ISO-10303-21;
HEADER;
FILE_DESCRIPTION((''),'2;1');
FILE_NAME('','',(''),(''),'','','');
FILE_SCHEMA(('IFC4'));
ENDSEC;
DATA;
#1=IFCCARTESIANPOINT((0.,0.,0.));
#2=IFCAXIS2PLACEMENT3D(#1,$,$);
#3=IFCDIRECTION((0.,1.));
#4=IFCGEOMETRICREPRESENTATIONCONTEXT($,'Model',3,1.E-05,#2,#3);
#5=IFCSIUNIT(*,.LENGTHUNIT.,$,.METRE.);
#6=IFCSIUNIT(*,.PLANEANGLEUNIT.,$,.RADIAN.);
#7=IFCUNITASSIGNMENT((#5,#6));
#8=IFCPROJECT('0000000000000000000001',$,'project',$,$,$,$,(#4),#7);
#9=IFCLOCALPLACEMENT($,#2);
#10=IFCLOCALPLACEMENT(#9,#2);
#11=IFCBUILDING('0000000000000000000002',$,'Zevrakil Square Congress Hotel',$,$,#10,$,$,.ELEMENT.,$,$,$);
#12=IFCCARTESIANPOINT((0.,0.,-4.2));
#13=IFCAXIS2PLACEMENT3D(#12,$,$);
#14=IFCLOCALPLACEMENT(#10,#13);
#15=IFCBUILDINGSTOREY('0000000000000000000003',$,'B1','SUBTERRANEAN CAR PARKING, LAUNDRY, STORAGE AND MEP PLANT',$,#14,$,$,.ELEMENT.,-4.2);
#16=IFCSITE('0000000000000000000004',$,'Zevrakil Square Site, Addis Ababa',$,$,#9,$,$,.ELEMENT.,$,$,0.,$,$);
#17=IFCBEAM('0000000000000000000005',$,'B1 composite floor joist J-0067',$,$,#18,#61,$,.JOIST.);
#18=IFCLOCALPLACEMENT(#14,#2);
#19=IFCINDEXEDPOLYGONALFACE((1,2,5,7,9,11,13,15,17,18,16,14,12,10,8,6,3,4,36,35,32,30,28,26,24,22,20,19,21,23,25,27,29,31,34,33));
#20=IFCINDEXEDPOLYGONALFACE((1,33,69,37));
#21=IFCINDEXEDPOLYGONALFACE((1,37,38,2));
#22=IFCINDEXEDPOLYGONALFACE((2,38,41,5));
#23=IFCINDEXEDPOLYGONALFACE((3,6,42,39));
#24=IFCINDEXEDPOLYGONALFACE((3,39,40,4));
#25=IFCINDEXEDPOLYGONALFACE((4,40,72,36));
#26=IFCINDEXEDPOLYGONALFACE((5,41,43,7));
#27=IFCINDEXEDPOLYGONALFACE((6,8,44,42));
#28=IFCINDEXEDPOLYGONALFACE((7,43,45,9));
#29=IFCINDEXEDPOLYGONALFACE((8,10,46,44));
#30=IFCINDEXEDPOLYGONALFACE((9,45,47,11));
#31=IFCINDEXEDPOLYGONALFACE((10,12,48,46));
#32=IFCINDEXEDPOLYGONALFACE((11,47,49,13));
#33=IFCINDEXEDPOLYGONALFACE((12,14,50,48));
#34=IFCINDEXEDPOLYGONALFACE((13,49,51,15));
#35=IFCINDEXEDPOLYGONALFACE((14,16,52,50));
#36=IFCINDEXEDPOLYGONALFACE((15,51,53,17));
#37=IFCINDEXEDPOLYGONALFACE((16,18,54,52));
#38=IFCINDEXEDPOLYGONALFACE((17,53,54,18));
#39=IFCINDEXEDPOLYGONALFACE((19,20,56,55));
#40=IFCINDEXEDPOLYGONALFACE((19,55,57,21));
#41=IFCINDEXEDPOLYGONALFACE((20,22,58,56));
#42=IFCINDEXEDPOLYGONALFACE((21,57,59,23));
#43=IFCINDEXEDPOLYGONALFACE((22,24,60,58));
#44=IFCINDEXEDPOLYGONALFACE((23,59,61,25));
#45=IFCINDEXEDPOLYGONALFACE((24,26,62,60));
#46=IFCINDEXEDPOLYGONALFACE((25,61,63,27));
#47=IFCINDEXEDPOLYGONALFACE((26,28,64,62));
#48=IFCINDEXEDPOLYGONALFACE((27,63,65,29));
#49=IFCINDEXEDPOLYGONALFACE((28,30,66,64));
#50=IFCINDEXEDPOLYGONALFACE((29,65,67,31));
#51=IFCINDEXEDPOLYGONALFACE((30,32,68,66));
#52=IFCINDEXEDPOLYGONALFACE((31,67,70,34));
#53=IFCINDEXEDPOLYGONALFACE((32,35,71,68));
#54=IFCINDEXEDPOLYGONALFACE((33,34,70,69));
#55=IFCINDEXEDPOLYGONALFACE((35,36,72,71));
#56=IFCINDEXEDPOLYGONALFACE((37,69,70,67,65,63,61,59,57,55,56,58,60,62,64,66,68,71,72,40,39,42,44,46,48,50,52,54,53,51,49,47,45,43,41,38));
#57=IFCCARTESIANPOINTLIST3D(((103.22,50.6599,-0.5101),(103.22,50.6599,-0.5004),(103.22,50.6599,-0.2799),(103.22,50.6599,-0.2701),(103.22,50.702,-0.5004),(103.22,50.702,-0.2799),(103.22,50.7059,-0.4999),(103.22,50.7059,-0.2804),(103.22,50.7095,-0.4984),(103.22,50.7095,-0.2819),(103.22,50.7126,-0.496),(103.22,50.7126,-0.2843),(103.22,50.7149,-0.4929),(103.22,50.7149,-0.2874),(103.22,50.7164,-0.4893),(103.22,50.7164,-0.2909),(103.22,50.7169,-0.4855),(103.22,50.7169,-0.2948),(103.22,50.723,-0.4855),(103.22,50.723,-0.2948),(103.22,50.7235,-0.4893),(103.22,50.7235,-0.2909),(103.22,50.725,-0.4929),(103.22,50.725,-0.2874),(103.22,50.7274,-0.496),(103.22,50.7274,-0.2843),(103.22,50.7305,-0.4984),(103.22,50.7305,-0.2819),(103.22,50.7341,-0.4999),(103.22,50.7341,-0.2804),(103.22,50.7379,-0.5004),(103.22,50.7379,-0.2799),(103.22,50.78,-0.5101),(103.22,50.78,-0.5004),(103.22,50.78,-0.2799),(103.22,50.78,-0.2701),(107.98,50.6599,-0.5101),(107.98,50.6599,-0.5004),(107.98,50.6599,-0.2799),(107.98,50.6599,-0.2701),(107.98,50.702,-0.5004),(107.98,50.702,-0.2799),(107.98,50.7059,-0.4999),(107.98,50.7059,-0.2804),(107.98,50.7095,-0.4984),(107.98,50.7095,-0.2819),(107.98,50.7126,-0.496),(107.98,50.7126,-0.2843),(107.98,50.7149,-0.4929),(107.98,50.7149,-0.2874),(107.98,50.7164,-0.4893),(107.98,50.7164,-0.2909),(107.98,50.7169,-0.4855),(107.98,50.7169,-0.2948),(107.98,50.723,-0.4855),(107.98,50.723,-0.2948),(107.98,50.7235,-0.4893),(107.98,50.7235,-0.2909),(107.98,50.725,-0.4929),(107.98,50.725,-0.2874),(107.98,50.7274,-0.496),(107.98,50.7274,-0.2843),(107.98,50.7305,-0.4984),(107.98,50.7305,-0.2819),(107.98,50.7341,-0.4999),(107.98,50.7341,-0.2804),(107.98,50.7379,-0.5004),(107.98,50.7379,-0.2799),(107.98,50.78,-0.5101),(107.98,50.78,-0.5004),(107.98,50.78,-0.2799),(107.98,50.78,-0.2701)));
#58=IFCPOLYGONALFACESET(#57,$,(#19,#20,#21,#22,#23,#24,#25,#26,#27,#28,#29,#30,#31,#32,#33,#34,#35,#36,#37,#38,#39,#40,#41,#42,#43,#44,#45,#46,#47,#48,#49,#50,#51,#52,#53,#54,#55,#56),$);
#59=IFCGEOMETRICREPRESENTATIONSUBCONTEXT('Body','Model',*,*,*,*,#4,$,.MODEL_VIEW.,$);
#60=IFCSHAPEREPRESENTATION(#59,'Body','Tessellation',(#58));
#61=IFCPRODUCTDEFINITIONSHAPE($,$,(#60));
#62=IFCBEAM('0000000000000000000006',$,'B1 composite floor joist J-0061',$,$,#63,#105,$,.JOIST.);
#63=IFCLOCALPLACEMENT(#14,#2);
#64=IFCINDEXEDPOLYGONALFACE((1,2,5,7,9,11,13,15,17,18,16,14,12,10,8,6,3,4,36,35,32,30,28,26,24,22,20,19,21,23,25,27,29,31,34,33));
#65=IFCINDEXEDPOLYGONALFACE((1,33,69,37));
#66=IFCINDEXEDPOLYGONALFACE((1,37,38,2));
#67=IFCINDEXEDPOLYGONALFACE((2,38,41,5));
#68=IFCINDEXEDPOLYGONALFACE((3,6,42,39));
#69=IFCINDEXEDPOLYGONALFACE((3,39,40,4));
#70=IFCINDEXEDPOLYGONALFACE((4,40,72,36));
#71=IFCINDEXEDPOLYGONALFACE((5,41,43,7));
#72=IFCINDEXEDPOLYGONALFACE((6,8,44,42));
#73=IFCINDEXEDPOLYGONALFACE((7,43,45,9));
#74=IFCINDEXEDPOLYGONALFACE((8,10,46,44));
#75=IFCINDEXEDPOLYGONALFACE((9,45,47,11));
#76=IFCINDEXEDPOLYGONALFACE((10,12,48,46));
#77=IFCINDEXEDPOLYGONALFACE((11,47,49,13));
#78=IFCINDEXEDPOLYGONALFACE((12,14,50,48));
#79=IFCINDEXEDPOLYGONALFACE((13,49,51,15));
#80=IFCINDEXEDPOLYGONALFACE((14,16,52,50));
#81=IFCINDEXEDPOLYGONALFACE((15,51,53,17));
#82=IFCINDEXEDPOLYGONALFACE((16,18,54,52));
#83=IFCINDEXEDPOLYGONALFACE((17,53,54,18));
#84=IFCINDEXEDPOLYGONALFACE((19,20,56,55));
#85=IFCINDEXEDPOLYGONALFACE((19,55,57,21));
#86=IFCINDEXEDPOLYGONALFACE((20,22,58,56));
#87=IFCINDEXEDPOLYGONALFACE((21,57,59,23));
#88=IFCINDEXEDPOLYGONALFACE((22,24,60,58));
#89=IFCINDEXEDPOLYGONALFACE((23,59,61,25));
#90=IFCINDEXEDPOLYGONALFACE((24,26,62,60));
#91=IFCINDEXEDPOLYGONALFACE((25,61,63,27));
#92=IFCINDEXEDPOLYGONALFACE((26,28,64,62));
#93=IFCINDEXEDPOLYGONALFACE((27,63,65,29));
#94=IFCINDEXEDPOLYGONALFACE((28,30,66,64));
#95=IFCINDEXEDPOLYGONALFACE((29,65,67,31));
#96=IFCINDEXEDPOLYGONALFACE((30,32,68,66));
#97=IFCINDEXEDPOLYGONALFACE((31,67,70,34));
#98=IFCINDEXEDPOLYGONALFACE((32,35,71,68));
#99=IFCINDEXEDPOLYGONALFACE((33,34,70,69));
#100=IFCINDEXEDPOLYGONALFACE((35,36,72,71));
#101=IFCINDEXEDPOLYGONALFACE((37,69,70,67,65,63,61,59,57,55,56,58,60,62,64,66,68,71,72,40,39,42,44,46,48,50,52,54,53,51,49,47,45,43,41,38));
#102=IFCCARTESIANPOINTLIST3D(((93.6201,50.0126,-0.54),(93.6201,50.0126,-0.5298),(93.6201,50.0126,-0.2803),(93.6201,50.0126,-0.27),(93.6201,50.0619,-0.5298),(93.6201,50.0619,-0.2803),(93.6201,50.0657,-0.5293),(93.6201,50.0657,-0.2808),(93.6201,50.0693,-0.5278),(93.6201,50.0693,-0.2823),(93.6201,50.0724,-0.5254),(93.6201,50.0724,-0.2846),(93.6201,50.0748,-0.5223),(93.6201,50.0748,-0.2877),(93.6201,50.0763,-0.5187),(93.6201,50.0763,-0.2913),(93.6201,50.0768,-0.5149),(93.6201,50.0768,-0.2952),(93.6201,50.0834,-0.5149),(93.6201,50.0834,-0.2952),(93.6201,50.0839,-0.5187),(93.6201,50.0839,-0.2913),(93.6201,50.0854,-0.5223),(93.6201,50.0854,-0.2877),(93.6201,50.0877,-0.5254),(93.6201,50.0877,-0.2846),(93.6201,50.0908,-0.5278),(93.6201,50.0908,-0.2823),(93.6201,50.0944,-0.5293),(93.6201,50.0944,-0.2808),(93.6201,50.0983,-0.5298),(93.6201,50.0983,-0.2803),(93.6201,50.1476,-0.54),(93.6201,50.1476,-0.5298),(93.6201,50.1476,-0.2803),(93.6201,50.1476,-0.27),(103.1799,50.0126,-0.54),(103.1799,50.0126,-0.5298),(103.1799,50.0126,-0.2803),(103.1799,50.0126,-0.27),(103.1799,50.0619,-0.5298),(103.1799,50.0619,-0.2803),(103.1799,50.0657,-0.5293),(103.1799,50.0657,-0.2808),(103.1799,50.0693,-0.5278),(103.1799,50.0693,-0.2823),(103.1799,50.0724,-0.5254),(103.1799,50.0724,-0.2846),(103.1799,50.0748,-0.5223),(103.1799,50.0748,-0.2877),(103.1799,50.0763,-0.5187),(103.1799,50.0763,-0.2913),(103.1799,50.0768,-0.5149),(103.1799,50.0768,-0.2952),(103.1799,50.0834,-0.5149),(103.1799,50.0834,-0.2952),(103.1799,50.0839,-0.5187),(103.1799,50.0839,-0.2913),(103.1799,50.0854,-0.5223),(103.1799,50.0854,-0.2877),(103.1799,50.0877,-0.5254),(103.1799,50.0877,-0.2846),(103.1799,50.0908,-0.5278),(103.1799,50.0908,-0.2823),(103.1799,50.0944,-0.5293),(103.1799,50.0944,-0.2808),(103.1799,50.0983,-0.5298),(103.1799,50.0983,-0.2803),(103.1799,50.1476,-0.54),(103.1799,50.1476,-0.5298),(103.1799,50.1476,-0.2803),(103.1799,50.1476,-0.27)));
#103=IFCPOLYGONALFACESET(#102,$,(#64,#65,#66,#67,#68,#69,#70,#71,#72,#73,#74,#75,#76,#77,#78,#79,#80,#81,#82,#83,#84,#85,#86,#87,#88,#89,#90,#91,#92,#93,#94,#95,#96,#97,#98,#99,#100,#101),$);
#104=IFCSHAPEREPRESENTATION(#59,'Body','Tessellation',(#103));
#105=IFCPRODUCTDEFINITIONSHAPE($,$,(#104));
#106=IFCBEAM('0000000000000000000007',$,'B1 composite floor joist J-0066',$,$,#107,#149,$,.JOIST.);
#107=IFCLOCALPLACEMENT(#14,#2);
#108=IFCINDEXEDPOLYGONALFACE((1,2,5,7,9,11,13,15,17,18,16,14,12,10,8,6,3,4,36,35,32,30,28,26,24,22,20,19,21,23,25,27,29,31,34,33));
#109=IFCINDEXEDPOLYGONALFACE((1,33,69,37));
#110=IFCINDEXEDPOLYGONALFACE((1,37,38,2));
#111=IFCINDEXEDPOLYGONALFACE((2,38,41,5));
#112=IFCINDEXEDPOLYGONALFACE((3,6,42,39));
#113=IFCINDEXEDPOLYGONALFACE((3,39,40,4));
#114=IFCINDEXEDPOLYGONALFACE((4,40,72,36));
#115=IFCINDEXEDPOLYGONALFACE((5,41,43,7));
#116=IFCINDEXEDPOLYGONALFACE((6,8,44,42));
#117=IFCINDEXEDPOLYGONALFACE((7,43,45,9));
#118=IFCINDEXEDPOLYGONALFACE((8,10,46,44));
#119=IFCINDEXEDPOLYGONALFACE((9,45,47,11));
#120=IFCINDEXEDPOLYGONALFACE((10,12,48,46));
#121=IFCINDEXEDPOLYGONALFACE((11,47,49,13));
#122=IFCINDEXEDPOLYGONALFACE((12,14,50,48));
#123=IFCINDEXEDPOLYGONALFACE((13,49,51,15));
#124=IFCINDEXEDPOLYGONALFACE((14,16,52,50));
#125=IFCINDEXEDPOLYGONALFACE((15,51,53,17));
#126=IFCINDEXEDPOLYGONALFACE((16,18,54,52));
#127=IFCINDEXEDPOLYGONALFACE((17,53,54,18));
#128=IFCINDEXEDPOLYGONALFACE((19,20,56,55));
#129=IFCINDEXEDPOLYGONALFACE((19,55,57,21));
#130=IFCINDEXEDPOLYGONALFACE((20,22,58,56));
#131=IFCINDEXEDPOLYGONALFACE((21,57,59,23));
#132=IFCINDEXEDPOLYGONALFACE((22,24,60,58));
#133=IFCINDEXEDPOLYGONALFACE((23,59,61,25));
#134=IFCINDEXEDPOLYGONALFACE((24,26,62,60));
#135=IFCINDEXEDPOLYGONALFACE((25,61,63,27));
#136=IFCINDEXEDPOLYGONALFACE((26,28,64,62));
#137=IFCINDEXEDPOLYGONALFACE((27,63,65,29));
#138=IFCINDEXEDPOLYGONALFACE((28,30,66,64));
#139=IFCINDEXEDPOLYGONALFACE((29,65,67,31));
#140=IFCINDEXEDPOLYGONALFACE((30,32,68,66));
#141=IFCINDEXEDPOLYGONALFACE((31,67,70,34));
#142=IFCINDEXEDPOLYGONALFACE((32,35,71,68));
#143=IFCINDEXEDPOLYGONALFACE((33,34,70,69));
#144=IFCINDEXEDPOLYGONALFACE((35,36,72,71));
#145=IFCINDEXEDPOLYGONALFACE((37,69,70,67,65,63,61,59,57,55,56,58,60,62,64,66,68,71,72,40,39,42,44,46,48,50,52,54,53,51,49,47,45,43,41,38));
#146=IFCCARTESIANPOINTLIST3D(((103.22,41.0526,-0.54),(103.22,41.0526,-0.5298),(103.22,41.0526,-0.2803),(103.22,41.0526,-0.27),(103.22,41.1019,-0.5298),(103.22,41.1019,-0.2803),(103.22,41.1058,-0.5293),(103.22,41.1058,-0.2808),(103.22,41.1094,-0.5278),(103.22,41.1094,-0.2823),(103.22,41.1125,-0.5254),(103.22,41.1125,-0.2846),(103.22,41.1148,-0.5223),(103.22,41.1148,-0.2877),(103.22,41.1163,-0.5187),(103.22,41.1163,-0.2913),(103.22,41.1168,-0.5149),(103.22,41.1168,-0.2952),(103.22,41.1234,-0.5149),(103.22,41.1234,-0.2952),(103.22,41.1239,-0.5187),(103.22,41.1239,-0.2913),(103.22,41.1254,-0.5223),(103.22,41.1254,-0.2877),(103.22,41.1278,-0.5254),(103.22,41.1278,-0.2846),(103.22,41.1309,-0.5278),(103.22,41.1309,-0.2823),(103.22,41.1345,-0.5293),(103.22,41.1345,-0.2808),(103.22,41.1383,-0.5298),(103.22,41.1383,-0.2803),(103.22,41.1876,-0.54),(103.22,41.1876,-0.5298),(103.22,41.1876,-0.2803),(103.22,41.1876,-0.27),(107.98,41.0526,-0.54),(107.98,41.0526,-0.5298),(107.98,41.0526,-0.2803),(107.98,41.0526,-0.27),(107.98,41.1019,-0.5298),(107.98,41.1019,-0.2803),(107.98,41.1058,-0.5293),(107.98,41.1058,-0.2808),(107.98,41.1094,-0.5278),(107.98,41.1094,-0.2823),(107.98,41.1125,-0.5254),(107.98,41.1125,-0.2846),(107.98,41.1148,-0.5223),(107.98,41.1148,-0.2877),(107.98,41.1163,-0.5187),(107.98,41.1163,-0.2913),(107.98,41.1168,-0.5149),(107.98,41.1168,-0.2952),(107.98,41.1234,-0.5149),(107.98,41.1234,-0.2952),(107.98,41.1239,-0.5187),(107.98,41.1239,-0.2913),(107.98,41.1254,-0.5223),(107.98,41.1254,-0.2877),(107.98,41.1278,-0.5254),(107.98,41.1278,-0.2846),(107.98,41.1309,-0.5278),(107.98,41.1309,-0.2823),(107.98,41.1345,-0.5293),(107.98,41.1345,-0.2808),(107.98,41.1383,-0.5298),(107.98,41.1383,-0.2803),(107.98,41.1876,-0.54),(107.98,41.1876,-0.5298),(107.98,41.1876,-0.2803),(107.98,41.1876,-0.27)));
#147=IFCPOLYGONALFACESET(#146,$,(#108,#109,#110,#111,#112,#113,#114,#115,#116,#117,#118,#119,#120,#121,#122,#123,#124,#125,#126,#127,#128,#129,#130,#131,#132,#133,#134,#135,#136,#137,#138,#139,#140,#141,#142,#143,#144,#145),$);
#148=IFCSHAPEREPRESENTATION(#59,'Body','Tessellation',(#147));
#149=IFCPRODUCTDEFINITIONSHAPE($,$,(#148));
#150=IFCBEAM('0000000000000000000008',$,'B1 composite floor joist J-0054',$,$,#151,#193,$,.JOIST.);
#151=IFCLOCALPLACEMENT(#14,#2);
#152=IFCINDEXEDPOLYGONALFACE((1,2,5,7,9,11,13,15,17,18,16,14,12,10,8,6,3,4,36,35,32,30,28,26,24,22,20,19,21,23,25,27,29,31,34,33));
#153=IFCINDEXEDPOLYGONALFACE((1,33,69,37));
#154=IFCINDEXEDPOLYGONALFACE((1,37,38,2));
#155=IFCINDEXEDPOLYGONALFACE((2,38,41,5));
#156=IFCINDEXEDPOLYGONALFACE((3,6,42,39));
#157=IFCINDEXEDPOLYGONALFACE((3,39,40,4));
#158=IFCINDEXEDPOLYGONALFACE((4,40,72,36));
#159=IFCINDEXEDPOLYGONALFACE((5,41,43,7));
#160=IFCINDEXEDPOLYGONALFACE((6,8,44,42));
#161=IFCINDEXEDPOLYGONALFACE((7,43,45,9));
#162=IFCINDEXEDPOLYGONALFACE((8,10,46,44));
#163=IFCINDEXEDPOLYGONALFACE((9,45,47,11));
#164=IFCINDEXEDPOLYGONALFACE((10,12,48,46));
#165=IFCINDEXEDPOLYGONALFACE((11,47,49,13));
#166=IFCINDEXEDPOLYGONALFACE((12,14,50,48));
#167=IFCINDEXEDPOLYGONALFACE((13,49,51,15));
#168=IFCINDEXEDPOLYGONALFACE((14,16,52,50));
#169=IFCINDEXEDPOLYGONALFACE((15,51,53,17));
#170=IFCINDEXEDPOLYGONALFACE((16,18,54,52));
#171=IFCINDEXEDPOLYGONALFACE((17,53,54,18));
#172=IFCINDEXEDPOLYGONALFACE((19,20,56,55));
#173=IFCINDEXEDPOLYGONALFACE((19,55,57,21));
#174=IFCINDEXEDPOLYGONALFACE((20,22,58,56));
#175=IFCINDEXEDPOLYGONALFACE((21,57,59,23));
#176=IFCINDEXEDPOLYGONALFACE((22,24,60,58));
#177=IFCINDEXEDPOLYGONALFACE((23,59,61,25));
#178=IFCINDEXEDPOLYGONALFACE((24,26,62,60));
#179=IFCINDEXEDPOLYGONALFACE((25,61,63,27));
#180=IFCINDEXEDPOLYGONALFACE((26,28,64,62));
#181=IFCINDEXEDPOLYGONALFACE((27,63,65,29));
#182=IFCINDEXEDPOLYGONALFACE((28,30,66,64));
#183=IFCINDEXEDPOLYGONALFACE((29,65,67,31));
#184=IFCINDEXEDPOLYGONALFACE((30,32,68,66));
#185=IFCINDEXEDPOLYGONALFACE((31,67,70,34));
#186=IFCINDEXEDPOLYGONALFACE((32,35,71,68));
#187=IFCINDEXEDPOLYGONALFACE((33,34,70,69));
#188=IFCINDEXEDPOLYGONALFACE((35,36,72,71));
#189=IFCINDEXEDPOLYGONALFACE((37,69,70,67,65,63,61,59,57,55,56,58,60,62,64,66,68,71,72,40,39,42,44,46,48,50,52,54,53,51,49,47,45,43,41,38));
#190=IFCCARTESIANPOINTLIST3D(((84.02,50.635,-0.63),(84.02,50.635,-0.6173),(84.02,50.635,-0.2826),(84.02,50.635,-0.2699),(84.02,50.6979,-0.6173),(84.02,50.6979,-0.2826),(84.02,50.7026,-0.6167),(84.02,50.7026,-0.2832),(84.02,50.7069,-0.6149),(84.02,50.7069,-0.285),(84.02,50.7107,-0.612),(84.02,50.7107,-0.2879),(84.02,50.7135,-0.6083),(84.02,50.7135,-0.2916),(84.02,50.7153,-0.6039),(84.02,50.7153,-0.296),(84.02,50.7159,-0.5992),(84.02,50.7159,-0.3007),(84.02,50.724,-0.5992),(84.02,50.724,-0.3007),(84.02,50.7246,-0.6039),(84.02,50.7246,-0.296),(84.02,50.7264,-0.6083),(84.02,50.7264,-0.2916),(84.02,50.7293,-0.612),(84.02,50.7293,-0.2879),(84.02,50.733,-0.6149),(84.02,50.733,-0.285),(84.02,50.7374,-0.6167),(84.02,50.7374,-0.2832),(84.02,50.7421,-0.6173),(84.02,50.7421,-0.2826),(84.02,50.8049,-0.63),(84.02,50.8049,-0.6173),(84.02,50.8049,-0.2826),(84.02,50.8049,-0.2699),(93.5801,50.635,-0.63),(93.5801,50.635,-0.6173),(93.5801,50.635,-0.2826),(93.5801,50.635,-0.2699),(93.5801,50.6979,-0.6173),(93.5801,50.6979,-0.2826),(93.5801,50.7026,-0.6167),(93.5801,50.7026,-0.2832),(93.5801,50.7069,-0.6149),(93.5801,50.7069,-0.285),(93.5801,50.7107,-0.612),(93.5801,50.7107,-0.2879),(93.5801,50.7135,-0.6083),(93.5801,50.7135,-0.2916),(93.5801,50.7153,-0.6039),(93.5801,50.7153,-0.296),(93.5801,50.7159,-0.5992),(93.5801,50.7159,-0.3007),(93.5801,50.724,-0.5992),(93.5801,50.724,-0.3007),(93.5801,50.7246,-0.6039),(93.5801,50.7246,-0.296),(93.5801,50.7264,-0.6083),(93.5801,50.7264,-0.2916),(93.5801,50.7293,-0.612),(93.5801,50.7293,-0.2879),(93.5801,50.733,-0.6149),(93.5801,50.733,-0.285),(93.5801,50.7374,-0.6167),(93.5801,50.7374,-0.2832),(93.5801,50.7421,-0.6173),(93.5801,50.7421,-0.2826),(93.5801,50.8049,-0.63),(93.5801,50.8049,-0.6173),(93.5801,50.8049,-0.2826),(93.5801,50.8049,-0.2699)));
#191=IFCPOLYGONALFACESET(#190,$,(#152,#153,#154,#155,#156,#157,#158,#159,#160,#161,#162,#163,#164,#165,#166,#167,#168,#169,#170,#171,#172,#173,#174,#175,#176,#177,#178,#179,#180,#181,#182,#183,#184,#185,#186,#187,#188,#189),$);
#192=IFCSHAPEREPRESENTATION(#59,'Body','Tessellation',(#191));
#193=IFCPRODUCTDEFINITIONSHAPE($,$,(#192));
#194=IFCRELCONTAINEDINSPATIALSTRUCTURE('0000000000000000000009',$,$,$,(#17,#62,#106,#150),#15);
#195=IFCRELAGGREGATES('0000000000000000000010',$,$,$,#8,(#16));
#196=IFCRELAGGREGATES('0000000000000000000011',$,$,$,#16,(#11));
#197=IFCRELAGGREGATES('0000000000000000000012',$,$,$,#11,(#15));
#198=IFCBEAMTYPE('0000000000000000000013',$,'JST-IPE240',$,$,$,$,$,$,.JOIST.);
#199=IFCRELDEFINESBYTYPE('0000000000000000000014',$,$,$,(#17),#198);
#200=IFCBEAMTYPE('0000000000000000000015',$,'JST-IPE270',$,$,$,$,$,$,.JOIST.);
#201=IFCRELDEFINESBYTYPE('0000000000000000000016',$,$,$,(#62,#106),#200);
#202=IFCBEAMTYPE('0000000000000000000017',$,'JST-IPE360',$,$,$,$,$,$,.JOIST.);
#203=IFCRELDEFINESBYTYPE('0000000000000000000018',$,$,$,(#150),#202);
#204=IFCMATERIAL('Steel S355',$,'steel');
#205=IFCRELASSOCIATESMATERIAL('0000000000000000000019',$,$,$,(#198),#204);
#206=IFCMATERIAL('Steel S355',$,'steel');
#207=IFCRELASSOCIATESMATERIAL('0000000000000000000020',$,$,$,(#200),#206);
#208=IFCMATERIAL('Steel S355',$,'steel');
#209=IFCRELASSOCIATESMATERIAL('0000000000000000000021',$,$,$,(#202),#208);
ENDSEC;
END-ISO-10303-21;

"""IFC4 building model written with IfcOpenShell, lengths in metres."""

from ifc_helpers import new_model, si_unit, direction, frame, origin, origin_2d, place, context, subcontext, project, spatial, i_section, extrude, material, material_profile, profile_set, type_object, element, save


model = new_model("IFC4")

# Units and contexts
model_context = context("Model", 3, precision=1e-05, world=origin(), true_north=direction((0.0, 1.0)))
body_context = subcontext(model_context, "Body", "Model", "MODEL_VIEW")
ifc_project = project(units=[si_unit("LENGTHUNIT", "METRE"), si_unit("PLANEANGLEUNIT", "RADIAN")], contexts=[model_context])

# Site, building, storey
site_placement = place(None, origin())
site = spatial("IfcSite", under=ifc_project, at=site_placement, Name="Zevrakil Square Site, Addis Ababa", CompositionType="ELEMENT", RefElevation=0.0)
building_placement = place(site_placement, origin())
building = spatial("IfcBuilding", under=site, at=building_placement, Name="Zevrakil Square Congress Hotel", CompositionType="ELEMENT")
storey_placement = place(building_placement, frame((0.0, 0.0, -4.2)))
storey = spatial("IfcBuildingStorey", under=building, at=storey_placement, Name="B1", Description="SUBTERRANEAN CAR PARKING, LAUNDRY, STORAGE AND MEP PLANT", CompositionType="ELEMENT", Elevation=-4.2)

# Beams
ifc_material_1 = material(Name="Steel S355", Category="steel")
ifc_material_profile_1 = material_profile(ifc_material_1, i_section(OverallWidth=0.1201, OverallDepth=0.24, WebThickness=0.0061, FlangeThickness=0.0098, FilletRadius=0.0149, at=origin_2d()), Name="IPE 240")
ifc_profile_set_1 = profile_set([ifc_material_profile_1], Name="Steel S355")
beam_type_1 = type_object("IfcBeamType", Name="JST-IPE240", PredefinedType="JOIST", material=ifc_profile_set_1)
beam_1_placement = place(storey_placement, frame((103.22, 50.72, -0.3901), z_axis=(1.0, 0.0, 0.0), x_axis=(0.0, 1.0, 0.0)))
element("IfcBeam", 1, at=beam_1_placement, inside=storey, type_object=beam_type_1, Name="B1 composite floor joist J-0067", PredefinedType="JOIST", context=body_context, shape_type="SweptSolid", body=[
    extrude(i_section(OverallWidth=0.1201, OverallDepth=0.24, WebThickness=0.0061, FlangeThickness=0.0098, FilletRadius=0.0149, at=origin_2d()), origin(), (0.0, 0.0, 1.0), 4.76),
])
ifc_material_2 = material(Name="Steel S355", Category="steel")
ifc_material_profile_2 = material_profile(ifc_material_2, i_section(OverallWidth=0.135, OverallDepth=0.27, WebThickness=0.0066, FlangeThickness=0.0103, FilletRadius=0.0149, at=origin_2d()), Name="IPE 270")
ifc_profile_set_2 = profile_set([ifc_material_profile_2], Name="Steel S355")
beam_type_2 = type_object("IfcBeamType", Name="JST-IPE270", PredefinedType="JOIST", material=ifc_profile_set_2)
beam_2_placement = place(storey_placement, frame((93.6201, 50.0801, -0.405), z_axis=(1.0, 0.0, 0.0), x_axis=(0.0, 1.0, 0.0)))
element("IfcBeam", 2, at=beam_2_placement, inside=storey, type_object=beam_type_2, Name="B1 composite floor joist J-0061", PredefinedType="JOIST", context=body_context, shape_type="SweptSolid", body=[
    extrude(i_section(OverallWidth=0.135, OverallDepth=0.27, WebThickness=0.0066, FlangeThickness=0.0103, FilletRadius=0.0149, at=origin_2d()), origin(), (0.0, 0.0, 1.0), 9.5598),
])
beam_3_placement = place(storey_placement, frame((103.22, 41.1201, -0.405), z_axis=(1.0, 0.0, 0.0), x_axis=(0.0, 1.0, 0.0)))
element("IfcBeam", 3, at=beam_3_placement, inside=storey, type_object=beam_type_2, Name="B1 composite floor joist J-0066", PredefinedType="JOIST", context=body_context, shape_type="SweptSolid", body=[
    extrude(i_section(OverallWidth=0.135, OverallDepth=0.27, WebThickness=0.0066, FlangeThickness=0.0103, FilletRadius=0.0149, at=origin_2d()), origin(), (0.0, 0.0, 1.0), 4.76),
])
ifc_material_3 = material(Name="Steel S355", Category="steel")
ifc_material_profile_3 = material_profile(ifc_material_3, i_section(OverallWidth=0.1699, OverallDepth=0.3601, WebThickness=0.0081, FlangeThickness=0.0127, FilletRadius=0.0181, at=origin_2d()), Name="IPE 360")
ifc_profile_set_3 = profile_set([ifc_material_profile_3], Name="Steel S355")
beam_type_3 = type_object("IfcBeamType", Name="JST-IPE360", PredefinedType="JOIST", material=ifc_profile_set_3)
beam_4_placement = place(storey_placement, frame((84.02, 50.72, -0.45), z_axis=(1.0, 0.0, 0.0), x_axis=(0.0, 1.0, 0.0)))
element("IfcBeam", 4, at=beam_4_placement, inside=storey, type_object=beam_type_3, Name="B1 composite floor joist J-0054", PredefinedType="JOIST", context=body_context, shape_type="SweptSolid", body=[
    extrude(i_section(OverallWidth=0.1699, OverallDepth=0.3601, WebThickness=0.0081, FlangeThickness=0.0127, FilletRadius=0.0181, at=origin_2d()), origin(), (0.0, 0.0, 1.0), 9.5601),
])

save(model, "model.ifc")
